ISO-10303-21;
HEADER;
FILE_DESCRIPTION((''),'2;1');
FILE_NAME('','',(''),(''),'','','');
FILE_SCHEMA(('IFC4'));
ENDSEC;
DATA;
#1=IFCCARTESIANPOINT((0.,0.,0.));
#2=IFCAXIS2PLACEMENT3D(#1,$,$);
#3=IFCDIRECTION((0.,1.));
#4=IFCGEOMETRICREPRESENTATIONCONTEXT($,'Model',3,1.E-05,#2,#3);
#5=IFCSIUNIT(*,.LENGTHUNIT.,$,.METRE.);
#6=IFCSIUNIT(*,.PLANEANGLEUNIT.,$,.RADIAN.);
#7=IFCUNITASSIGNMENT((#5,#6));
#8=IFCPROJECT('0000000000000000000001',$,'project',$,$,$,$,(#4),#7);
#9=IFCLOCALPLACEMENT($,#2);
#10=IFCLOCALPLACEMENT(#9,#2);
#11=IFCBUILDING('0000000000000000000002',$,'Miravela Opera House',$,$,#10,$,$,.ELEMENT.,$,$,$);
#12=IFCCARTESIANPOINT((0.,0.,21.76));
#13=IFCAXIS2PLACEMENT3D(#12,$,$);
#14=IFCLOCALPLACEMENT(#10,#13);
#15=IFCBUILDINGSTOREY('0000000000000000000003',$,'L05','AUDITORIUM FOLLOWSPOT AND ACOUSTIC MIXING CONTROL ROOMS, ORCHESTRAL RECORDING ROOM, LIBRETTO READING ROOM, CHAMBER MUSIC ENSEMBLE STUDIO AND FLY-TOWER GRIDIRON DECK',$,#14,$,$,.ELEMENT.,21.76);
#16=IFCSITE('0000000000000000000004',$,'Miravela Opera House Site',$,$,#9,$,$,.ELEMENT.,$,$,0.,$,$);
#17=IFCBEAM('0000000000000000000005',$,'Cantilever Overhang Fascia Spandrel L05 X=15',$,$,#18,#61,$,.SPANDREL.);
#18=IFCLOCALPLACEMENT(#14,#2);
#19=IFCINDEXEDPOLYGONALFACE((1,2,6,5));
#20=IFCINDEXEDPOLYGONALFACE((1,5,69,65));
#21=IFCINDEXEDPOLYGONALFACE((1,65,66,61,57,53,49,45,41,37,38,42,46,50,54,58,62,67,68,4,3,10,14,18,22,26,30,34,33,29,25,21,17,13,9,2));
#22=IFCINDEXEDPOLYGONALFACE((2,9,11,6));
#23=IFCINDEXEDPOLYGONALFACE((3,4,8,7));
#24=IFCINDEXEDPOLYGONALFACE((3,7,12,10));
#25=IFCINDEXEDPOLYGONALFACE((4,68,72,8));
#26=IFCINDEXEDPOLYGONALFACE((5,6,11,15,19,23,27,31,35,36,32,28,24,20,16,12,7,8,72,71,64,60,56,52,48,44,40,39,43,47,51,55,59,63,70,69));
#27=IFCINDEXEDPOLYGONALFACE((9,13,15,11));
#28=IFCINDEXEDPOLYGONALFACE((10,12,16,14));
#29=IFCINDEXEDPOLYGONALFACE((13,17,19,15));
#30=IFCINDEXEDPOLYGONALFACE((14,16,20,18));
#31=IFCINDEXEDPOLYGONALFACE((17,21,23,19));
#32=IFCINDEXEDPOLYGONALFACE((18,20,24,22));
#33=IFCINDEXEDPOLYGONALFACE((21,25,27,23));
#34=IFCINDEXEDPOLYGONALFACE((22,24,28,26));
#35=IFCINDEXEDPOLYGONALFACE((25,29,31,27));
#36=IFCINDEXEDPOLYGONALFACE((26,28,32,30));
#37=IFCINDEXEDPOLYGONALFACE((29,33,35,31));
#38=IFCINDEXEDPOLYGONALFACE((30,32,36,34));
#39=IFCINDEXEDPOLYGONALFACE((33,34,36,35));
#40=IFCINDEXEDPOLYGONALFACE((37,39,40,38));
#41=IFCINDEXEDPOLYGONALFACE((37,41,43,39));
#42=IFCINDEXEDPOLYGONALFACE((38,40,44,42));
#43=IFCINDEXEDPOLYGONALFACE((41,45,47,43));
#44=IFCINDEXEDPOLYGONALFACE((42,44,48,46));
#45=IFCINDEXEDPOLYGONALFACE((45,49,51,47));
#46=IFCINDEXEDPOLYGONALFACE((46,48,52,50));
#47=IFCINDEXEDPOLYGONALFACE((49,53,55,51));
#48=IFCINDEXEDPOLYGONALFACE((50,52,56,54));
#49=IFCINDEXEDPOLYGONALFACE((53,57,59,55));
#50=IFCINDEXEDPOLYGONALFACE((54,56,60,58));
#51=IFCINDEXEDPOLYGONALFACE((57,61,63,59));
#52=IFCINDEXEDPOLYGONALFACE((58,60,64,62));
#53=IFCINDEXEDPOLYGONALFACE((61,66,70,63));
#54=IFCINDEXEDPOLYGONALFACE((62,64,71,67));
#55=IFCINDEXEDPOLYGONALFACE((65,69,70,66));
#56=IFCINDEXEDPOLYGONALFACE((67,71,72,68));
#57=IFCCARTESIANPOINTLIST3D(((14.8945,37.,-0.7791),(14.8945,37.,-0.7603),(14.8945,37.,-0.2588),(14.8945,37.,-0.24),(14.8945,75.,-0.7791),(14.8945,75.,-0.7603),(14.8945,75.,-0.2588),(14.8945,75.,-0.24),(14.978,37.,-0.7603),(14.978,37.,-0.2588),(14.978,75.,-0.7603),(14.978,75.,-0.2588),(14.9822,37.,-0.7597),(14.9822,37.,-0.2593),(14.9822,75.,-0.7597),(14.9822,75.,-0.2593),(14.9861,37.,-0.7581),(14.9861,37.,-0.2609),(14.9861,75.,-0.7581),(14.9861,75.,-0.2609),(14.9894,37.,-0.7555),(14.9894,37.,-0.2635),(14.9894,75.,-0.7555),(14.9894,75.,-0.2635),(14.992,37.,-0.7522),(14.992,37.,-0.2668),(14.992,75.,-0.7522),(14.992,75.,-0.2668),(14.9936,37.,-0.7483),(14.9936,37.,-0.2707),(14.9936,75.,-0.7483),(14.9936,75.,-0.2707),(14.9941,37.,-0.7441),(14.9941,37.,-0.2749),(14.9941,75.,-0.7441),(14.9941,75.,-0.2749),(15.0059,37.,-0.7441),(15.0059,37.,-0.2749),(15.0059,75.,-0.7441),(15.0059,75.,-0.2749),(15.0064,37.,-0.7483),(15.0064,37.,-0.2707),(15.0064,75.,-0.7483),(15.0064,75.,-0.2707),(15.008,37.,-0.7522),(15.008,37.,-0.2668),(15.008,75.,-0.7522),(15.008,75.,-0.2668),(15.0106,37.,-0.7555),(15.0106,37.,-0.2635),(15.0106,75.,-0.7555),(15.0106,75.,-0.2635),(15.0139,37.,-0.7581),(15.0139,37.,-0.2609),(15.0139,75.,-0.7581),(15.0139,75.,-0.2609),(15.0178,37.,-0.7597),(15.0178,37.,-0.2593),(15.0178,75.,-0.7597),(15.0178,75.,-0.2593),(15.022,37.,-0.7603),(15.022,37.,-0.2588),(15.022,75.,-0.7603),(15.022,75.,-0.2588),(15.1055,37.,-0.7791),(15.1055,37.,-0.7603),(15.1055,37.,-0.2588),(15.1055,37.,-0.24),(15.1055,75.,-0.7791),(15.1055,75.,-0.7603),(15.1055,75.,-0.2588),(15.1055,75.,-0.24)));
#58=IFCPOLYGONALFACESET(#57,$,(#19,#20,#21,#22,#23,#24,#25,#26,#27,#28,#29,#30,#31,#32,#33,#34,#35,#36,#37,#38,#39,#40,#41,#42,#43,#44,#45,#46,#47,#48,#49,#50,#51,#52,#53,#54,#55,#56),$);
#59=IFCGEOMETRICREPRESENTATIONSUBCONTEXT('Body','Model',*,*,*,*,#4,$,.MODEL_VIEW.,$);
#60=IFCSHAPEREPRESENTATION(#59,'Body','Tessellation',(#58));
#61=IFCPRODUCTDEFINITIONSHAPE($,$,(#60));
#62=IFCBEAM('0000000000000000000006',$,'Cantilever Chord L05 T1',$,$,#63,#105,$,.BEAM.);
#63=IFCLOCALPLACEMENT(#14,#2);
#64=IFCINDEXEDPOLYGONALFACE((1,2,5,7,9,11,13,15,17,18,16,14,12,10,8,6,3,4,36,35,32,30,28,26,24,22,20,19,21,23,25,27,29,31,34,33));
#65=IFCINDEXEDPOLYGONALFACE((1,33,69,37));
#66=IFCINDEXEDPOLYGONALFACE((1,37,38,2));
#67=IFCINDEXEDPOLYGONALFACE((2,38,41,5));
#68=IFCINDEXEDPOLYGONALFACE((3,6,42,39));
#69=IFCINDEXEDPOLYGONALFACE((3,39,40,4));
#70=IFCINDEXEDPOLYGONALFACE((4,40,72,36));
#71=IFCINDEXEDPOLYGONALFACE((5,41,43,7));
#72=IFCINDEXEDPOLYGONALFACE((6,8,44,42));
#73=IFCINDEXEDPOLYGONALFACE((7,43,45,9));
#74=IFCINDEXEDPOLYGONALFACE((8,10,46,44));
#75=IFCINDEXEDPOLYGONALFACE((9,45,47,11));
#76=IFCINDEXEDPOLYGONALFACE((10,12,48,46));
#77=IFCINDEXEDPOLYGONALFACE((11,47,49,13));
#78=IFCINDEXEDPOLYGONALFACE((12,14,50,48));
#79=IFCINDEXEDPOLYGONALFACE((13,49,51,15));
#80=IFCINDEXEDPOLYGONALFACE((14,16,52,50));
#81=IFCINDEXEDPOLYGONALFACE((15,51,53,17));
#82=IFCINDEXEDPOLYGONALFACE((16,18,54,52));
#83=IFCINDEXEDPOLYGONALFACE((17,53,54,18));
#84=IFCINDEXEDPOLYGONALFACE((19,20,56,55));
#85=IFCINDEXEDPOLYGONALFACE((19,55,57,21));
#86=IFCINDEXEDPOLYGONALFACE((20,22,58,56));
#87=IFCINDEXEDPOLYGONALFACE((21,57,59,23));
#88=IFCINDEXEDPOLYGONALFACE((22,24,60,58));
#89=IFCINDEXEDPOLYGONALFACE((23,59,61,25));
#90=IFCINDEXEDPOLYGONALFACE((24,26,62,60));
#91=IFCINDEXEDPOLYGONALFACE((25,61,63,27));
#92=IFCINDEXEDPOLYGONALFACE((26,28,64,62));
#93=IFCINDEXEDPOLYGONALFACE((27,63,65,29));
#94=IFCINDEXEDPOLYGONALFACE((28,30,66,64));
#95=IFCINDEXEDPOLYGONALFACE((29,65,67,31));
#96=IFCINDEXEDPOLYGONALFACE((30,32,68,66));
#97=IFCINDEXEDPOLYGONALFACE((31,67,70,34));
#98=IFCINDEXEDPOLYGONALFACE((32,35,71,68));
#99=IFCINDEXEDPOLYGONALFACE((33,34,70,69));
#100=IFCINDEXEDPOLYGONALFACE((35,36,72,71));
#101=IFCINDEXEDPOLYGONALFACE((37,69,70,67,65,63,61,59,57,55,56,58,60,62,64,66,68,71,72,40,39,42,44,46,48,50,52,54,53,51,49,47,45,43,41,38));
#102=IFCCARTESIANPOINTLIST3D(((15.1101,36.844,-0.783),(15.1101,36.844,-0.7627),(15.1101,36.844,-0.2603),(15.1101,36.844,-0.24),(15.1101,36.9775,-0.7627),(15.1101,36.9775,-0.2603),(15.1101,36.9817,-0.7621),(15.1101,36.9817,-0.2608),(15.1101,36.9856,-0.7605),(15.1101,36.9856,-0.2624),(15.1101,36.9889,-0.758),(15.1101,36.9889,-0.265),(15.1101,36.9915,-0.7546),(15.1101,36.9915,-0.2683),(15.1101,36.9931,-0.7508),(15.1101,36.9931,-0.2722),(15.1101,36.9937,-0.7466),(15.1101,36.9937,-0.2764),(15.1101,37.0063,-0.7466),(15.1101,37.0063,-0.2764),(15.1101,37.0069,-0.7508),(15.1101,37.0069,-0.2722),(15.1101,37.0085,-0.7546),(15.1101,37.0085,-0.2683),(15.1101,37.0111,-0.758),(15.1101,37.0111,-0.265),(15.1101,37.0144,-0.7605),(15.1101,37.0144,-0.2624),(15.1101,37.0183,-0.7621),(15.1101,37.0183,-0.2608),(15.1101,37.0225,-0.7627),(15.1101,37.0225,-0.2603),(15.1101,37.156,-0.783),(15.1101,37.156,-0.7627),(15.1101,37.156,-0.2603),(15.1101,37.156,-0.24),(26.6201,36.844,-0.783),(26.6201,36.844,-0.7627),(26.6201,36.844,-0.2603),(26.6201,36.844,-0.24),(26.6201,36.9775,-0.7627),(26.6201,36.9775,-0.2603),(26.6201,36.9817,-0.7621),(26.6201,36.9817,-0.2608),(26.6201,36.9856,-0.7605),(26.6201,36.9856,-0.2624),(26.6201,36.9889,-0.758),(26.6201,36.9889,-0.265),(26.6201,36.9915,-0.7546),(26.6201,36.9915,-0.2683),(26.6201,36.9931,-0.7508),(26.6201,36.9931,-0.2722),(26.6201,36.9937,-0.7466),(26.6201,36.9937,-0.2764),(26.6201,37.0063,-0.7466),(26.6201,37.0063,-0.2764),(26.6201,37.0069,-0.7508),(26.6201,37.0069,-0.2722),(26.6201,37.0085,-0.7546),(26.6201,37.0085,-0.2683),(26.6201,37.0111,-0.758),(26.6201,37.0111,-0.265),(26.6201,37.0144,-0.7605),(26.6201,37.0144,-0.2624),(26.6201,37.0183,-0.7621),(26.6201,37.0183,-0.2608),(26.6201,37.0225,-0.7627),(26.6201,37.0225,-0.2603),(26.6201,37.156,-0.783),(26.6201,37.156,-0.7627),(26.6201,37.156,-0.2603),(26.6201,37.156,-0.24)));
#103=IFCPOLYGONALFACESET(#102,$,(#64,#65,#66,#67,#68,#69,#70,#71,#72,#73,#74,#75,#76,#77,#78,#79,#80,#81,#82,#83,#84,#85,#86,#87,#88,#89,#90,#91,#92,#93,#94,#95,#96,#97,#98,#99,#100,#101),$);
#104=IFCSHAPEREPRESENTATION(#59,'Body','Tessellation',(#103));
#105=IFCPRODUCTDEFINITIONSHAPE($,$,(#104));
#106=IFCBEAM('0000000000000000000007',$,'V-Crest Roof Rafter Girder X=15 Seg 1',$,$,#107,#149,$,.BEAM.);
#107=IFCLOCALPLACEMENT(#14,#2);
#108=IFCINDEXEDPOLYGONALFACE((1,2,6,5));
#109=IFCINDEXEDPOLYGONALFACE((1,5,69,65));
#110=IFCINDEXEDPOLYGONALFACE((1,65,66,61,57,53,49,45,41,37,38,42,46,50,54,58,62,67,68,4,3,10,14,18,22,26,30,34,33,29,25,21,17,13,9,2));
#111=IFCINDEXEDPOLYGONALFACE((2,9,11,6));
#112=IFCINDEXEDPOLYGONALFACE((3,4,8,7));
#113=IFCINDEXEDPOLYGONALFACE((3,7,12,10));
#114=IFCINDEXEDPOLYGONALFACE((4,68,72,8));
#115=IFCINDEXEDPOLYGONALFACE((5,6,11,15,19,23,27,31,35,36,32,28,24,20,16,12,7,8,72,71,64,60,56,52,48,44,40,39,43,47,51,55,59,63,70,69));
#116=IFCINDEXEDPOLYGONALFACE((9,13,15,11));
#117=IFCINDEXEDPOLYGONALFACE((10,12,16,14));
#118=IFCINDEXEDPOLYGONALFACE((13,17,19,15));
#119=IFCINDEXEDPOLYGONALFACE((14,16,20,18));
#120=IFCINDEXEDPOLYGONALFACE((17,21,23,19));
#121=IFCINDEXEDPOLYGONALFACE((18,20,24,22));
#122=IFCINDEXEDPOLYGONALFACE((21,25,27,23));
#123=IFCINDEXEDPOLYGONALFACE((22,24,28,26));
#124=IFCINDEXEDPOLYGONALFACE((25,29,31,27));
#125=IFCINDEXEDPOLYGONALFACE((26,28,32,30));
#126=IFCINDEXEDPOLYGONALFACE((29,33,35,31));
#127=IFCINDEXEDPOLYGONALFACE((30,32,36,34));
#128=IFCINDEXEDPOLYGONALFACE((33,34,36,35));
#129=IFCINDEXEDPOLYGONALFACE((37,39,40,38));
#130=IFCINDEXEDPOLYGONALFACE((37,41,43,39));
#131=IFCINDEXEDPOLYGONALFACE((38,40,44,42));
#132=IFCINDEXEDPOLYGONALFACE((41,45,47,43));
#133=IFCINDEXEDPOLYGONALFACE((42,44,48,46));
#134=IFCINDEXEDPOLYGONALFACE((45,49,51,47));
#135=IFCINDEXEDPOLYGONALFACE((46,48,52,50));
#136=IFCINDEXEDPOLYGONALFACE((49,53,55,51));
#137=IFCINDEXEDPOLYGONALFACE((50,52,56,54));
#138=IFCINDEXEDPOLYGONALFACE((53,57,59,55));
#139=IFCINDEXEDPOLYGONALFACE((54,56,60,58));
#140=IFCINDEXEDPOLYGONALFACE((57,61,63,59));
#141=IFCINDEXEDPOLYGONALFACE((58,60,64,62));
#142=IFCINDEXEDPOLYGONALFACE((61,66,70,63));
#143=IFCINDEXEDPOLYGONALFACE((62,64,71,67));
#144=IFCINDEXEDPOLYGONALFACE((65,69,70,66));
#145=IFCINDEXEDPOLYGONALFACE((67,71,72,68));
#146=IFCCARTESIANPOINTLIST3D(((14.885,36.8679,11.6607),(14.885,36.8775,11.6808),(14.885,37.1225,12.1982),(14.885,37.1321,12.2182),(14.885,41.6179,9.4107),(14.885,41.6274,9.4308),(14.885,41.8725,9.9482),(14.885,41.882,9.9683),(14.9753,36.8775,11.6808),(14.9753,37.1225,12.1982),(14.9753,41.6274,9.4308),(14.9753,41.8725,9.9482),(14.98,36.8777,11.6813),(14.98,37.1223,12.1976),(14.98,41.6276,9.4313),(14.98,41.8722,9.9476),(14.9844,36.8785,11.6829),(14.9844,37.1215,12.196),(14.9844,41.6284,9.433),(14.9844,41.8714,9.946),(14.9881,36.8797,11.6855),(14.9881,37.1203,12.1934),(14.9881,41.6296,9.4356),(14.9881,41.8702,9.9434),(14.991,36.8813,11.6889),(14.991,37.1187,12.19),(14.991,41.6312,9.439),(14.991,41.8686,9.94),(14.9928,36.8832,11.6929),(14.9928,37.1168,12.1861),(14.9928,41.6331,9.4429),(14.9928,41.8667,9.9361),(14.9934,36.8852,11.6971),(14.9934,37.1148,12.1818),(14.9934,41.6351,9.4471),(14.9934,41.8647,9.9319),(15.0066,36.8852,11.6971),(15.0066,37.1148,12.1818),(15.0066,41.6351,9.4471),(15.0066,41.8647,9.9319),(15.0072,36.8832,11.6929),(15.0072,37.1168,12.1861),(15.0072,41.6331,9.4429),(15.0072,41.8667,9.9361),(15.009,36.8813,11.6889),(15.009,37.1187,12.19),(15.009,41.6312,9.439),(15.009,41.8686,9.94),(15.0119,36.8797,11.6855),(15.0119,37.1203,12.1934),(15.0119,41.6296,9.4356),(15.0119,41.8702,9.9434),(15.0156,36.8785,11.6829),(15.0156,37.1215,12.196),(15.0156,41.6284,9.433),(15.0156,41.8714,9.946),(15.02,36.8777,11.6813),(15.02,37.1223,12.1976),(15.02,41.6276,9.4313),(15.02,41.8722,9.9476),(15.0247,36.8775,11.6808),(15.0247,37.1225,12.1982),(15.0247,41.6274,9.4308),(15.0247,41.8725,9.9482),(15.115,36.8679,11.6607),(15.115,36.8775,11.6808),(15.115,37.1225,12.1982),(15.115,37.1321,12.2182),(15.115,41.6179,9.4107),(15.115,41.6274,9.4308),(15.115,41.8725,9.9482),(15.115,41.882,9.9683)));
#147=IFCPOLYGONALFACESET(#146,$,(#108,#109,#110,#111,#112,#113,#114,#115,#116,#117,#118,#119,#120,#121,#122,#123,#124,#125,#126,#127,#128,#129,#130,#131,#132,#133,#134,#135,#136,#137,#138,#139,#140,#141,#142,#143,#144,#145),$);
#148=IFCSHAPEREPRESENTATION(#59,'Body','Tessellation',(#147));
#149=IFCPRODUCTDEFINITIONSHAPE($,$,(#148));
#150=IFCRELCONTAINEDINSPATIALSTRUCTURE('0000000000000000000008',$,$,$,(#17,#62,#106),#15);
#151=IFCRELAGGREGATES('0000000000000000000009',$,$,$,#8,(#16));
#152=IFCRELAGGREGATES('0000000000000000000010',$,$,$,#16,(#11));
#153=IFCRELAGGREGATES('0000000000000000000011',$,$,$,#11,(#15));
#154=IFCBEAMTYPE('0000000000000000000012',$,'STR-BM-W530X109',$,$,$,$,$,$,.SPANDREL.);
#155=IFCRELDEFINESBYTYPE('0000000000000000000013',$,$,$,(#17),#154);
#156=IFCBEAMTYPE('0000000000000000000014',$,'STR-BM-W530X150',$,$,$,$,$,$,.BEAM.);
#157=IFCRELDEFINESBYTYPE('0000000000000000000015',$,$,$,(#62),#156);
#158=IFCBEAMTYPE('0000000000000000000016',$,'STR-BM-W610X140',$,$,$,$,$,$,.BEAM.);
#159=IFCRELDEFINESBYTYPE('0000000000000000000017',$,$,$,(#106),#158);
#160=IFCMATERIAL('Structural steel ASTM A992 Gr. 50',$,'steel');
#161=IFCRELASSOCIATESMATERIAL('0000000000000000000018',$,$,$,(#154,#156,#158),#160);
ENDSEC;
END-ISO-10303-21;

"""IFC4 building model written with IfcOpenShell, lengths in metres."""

from ifc_helpers import new_model, si_unit, direction, frame, origin, origin_2d, place, context, subcontext, project, spatial, i_section, extrude, material, material_profile, profile_set, type_object, element, save


model = new_model("IFC4")

# Units and contexts
model_context = context("Model", 3, precision=1e-05, world=origin(), true_north=direction((0.0, 1.0)))
body_context = subcontext(model_context, "Body", "Model", "MODEL_VIEW")
ifc_project = project(units=[si_unit("LENGTHUNIT", "METRE"), si_unit("PLANEANGLEUNIT", "RADIAN")], contexts=[model_context])

# Site, building, storey
site_placement = place(None, origin())
site = spatial("IfcSite", under=ifc_project, at=site_placement, Name="Miravela Opera House Site", CompositionType="ELEMENT", RefElevation=0.0)
building_placement = place(site_placement, origin())
building = spatial("IfcBuilding", under=site, at=building_placement, Name="Miravela Opera House", CompositionType="ELEMENT")
storey_placement = place(building_placement, frame((0.0, 0.0, 21.76)))
storey = spatial("IfcBuildingStorey", under=building, at=storey_placement, Name="L05", Description="AUDITORIUM FOLLOWSPOT AND ACOUSTIC MIXING CONTROL ROOMS, ORCHESTRAL RECORDING ROOM, LIBRETTO READING ROOM, CHAMBER MUSIC ENSEMBLE STUDIO AND FLY-TOWER GRIDIRON DECK", CompositionType="ELEMENT", Elevation=21.76)

# Beams
ifc_material_1 = material(Name="Structural steel ASTM A992 Gr. 50", Category="steel")
ifc_material_profile_1 = material_profile(ifc_material_1, i_section(OverallWidth=0.2109, OverallDepth=0.5391, WebThickness=0.0117, FlangeThickness=0.0188, FilletRadius=0.0161, at=origin_2d()), Name="W530X109")
ifc_profile_set_1 = profile_set([ifc_material_profile_1])
beam_type_1 = type_object("IfcBeamType", Name="STR-BM-W530X109", PredefinedType="SPANDREL", material=ifc_profile_set_1)
beam_1_placement = place(storey_placement, frame((15.0, 37.0, -0.5095), z_axis=(0.0, 1.0, 0.0), x_axis=(-1.0, 0.0, 0.0)))
element("IfcBeam", 1, at=beam_1_placement, inside=storey, type_object=beam_type_1, Name="Cantilever Overhang Fascia Spandrel L05 X=15", PredefinedType="SPANDREL", context=body_context, shape_type="SweptSolid", body=[
    extrude(i_section(OverallWidth=0.2109, OverallDepth=0.5391, WebThickness=0.0117, FlangeThickness=0.0188, FilletRadius=0.0161, at=origin_2d()), origin(), (0.0, 0.0, 1.0), 38.0),
])
ifc_material_profile_2 = material_profile(ifc_material_1, i_section(OverallWidth=0.312, OverallDepth=0.543, WebThickness=0.0127, FlangeThickness=0.0203, FilletRadius=0.0161, at=origin_2d()), Name="W530X150")
ifc_profile_set_2 = profile_set([ifc_material_profile_2])
beam_type_2 = type_object("IfcBeamType", Name="STR-BM-W530X150", PredefinedType="BEAM", material=ifc_profile_set_2)
beam_2_placement = place(storey_placement, frame((15.1101, 37.0, -0.5115), z_axis=(1.0, 0.0, 0.0), x_axis=(0.0, 1.0, 0.0)))
element("IfcBeam", 2, at=beam_2_placement, inside=storey, type_object=beam_type_2, Name="Cantilever Chord L05 T1", PredefinedType="BEAM", context=body_context, shape_type="SweptSolid", body=[
    extrude(i_section(OverallWidth=0.312, OverallDepth=0.543, WebThickness=0.0127, FlangeThickness=0.0203, FilletRadius=0.0161, at=origin_2d()), origin(), (0.0, 0.0, 1.0), 11.51),
])
ifc_material_profile_3 = material_profile(ifc_material_1, i_section(OverallWidth=0.23, OverallDepth=0.6169, WebThickness=0.0132, FlangeThickness=0.0222, FilletRadius=0.0181, at=origin_2d()), Name="W610X140")
ifc_profile_set_3 = profile_set([ifc_material_profile_3])
beam_type_3 = type_object("IfcBeamType", Name="STR-BM-W610X140", PredefinedType="BEAM", material=ifc_profile_set_3)
beam_3_placement = place(storey_placement, frame((15.0, 37.0, 11.9395), z_axis=(0.0, 0.903738, -0.428086), x_axis=(-1.0, 0.0, 0.0)))
element("IfcBeam", 3, at=beam_3_placement, inside=storey, type_object=beam_type_3, Name="V-Crest Roof Rafter Girder X=15 Seg 1", PredefinedType="BEAM", context=body_context, shape_type="SweptSolid", body=[
    extrude(i_section(OverallWidth=0.23, OverallDepth=0.6169, WebThickness=0.0132, FlangeThickness=0.0222, FilletRadius=0.0181, at=origin_2d()), origin(), (0.0, 0.0, 1.0), 5.2559),
])

save(model, "model.ifc")
